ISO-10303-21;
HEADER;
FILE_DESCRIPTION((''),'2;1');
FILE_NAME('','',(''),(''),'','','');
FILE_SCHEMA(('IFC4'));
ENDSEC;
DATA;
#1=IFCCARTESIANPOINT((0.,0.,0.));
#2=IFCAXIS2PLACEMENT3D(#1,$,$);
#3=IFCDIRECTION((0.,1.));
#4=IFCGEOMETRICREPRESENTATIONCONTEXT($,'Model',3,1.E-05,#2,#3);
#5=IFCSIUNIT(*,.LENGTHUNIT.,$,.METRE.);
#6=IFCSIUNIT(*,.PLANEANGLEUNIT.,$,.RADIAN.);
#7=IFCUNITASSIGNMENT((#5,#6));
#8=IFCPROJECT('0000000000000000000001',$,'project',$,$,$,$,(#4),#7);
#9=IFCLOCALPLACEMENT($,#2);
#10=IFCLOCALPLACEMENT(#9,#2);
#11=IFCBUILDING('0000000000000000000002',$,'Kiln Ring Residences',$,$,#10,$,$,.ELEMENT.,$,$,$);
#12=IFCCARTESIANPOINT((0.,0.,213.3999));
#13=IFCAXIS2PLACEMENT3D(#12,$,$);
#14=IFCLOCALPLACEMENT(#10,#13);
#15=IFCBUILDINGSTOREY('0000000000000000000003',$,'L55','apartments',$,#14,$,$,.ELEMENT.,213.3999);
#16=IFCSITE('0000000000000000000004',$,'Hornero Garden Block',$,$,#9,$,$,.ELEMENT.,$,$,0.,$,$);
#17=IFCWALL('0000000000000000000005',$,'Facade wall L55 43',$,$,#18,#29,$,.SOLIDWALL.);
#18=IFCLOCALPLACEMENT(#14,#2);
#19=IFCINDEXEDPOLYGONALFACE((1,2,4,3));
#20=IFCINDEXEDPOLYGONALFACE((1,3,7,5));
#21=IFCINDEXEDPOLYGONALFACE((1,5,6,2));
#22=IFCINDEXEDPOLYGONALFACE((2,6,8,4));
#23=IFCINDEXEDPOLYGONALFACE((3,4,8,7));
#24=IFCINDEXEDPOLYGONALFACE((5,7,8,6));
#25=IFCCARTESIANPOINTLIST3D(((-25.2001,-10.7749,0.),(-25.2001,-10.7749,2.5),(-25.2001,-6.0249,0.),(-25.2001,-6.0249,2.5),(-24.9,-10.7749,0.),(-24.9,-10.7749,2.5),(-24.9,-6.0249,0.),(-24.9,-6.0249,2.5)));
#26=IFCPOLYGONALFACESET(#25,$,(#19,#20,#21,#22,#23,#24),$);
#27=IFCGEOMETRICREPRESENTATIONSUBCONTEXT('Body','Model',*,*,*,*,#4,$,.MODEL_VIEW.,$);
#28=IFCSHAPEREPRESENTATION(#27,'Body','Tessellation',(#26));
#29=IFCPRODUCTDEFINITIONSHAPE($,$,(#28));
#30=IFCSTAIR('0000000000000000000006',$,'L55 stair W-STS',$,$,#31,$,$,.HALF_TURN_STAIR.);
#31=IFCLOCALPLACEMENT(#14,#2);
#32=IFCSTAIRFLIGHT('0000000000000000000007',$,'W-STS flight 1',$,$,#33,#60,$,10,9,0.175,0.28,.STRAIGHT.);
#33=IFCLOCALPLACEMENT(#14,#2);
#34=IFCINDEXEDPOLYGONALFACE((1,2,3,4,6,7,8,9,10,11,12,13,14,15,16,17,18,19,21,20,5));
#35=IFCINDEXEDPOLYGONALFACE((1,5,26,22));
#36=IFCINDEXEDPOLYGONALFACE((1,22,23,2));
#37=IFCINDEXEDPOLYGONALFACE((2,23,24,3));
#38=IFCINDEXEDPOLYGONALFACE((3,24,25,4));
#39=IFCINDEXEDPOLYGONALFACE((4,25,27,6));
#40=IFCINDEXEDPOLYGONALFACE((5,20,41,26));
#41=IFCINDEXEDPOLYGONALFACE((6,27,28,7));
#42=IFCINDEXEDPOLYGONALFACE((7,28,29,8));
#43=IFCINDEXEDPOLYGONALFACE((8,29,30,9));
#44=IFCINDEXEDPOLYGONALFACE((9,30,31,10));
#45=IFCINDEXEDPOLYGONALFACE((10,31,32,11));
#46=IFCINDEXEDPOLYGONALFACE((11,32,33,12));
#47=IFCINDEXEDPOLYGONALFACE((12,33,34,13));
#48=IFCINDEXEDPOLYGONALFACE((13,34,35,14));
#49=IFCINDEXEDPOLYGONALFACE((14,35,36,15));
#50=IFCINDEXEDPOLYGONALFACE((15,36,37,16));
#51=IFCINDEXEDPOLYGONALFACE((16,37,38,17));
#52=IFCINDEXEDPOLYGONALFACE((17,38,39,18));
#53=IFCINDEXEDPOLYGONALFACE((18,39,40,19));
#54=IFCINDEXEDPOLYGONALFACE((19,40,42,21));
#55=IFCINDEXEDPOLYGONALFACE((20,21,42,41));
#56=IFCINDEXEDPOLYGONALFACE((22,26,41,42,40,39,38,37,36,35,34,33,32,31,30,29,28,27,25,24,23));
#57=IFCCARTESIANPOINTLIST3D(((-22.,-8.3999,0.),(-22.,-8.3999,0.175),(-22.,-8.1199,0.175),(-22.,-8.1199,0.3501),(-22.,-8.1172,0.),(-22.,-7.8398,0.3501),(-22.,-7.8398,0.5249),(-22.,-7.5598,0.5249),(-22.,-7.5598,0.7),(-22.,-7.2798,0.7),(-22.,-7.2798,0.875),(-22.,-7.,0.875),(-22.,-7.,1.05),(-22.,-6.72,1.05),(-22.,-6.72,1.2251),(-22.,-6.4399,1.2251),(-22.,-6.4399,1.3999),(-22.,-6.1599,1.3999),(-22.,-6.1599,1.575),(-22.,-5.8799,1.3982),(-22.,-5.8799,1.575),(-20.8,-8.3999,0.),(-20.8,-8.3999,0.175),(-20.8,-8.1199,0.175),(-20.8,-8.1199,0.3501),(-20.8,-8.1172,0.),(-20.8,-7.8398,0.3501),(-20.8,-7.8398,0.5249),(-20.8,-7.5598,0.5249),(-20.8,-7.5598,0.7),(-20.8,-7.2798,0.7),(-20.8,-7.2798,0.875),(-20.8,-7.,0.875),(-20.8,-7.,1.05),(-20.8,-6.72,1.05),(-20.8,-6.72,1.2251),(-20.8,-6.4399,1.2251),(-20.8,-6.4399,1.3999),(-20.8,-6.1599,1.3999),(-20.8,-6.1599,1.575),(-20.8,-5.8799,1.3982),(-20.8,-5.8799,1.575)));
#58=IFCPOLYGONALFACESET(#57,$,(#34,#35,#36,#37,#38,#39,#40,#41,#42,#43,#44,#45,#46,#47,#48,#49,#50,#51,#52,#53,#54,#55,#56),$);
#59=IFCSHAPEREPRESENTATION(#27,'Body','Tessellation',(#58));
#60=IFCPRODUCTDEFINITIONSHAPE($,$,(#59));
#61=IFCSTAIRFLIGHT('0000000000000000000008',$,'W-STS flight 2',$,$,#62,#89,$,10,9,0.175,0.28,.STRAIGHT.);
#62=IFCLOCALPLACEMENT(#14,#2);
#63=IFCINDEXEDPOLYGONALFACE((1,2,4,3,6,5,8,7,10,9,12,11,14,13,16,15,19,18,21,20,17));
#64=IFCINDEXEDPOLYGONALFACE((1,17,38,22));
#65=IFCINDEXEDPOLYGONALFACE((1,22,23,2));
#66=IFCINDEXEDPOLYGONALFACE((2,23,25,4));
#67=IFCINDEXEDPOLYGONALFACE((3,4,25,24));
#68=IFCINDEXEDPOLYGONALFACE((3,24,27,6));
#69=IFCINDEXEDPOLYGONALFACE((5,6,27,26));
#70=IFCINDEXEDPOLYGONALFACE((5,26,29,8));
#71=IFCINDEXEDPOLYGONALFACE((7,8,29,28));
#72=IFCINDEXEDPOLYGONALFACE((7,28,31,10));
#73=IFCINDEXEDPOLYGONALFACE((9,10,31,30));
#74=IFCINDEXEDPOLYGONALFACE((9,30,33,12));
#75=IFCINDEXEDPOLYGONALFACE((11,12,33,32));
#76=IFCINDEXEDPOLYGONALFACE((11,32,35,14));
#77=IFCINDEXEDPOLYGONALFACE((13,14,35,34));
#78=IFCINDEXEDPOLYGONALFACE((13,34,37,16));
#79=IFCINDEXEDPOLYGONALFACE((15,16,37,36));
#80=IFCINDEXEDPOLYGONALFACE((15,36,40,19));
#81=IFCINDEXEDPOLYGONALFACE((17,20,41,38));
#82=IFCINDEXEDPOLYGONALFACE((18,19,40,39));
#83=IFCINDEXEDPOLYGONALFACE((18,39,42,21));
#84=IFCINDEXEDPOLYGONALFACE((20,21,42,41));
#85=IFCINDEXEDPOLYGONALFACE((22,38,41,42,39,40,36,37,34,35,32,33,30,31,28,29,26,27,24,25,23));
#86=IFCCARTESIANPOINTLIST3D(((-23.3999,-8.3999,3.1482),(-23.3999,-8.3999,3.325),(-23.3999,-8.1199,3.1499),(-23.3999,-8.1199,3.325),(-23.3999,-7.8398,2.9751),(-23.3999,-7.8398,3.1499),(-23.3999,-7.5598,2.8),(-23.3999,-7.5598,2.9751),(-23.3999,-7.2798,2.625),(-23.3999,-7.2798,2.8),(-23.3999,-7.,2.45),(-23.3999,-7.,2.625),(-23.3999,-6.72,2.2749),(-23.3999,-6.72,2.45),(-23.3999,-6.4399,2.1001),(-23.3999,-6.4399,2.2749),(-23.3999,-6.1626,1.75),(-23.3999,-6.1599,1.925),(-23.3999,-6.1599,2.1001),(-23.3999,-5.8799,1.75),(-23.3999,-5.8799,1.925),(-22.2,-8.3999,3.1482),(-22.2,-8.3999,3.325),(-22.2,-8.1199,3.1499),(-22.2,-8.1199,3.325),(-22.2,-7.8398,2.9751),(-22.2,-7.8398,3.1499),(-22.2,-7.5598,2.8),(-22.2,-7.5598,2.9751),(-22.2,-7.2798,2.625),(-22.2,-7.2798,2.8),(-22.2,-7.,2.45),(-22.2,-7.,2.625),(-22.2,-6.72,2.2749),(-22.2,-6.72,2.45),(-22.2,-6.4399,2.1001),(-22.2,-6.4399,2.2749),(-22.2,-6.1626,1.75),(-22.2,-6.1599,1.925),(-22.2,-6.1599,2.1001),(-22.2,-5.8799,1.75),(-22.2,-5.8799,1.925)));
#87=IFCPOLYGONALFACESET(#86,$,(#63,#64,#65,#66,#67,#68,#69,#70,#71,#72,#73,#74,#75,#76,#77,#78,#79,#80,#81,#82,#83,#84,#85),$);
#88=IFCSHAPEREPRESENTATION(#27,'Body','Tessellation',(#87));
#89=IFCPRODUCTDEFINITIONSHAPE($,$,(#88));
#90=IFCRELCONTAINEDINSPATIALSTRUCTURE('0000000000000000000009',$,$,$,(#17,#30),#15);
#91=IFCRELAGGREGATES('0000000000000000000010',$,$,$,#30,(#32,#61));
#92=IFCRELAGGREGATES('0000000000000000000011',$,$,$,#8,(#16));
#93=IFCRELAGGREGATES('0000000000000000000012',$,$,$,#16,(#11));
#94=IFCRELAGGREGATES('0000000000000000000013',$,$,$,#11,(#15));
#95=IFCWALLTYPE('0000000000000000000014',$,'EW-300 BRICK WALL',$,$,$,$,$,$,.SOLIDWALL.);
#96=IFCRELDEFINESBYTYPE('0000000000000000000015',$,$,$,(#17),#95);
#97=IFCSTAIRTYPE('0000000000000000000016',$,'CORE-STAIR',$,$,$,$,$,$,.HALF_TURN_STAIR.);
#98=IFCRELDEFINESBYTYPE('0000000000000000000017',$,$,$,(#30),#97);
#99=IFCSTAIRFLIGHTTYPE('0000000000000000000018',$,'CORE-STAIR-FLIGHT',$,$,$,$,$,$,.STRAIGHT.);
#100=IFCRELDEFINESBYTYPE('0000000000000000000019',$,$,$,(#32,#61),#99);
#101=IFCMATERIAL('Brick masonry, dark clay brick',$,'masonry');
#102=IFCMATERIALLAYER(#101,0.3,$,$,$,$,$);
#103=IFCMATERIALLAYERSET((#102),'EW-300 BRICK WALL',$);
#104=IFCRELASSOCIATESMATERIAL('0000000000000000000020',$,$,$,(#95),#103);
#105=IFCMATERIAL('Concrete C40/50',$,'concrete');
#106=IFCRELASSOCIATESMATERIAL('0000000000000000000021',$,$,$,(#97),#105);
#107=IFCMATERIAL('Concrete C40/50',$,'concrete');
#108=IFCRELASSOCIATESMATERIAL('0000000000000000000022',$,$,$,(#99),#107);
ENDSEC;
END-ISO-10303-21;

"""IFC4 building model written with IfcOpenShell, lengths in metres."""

from ifc_helpers import new_model, si_unit, direction, frame, frame_2d, origin, place, context, subcontext, project, spatial, polyline, rectangle, outline, extrude, material, layer, layer_set, type_object, element, aggregate, save


model = new_model("IFC4")

# Units and contexts
model_context = context("Model", 3, precision=1e-05, world=origin(), true_north=direction((0.0, 1.0)))
body_context = subcontext(model_context, "Body", "Model", "MODEL_VIEW")
ifc_project = project(units=[si_unit("LENGTHUNIT", "METRE"), si_unit("PLANEANGLEUNIT", "RADIAN")], contexts=[model_context])

# Site, building, storey
site_placement = place(None, origin())
site = spatial("IfcSite", under=ifc_project, at=site_placement, Name="Hornero Garden Block", CompositionType="ELEMENT", RefElevation=0.0)
building_placement = place(site_placement, origin())
building = spatial("IfcBuilding", under=site, at=building_placement, Name="Kiln Ring Residences", CompositionType="ELEMENT")
storey_placement = place(building_placement, frame((0.0, 0.0, 213.3999)))
storey = spatial("IfcBuildingStorey", under=building, at=storey_placement, Name="L55", Description="apartments", CompositionType="ELEMENT", Elevation=213.3999)

# Wall
ifc_material_1 = material(Name="Brick masonry, dark clay brick", Category="masonry")
ifc_layer_1 = layer(ifc_material_1, 0.3)
ifc_layer_set_1 = layer_set([ifc_layer_1], Name="EW-300 BRICK WALL")
wall_type_1 = type_object("IfcWallType", Name="EW-300 BRICK WALL", PredefinedType="SOLIDWALL", material=ifc_layer_set_1)
for number, where, z_axis, x_axis, name in (
    (1, (-25.05, -6.0249, 0.0), (0.0, 0.0, 1.0), (0.0, -1.0, 0.0), "Facade wall L55 43"),
):
    element("IfcWall", number, at=place(storey_placement, frame(where, z_axis=z_axis, x_axis=x_axis)), inside=storey, type_object=wall_type_1, Name=name, PredefinedType="SOLIDWALL", context=body_context, shape_type="SweptSolid", body=[
        extrude(rectangle(XDim=4.75, YDim=0.3, at=frame_2d((2.375, 0.0))), origin(), (0.0, 0.0, 1.0), 2.5),
    ])

# Stair, stair flights
ifc_material_2 = material(Name="Concrete C40/50", Category="concrete")
stair_type = type_object("IfcStairType", Name="CORE-STAIR", PredefinedType="HALF_TURN_STAIR", material=ifc_material_2)
stair_placement = place(storey_placement, origin())
stair = element("IfcStair", 2, at=stair_placement, inside=storey, type_object=stair_type, Name="L55 stair W-STS", PredefinedType="HALF_TURN_STAIR")
ifc_material_3 = material(Name="Concrete C40/50", Category="concrete")
stair_flight_type = type_object("IfcStairFlightType", Name="CORE-STAIR-FLIGHT", PredefinedType="STRAIGHT", material=ifc_material_3)
stair_flight_1_placement = place(storey_placement, frame((-21.3999, -8.3999, 0.0), z_axis=(0.0, 0.0, 1.0), x_axis=(0.0, 1.0, 0.0)))
stair_flight_1 = element("IfcStairFlight", 3, at=stair_flight_1_placement, type_object=stair_flight_type, Name="W-STS flight 1", NumberOfRisers=10, NumberOfTreads=9, PredefinedType="STRAIGHT", RiserHeight=0.175, TreadLength=0.28, context=body_context, shape_type="SweptSolid", body=[
    extrude(outline(polyline([(0.0, 0.0), (0.0, 0.175), (0.28, 0.175), (0.28, 0.3501), (0.5601, 0.3501), (0.5601, 0.5249), (0.8401, 0.5249), (0.8401, 0.7), (1.1201, 0.7), (1.1201, 0.875), (1.3999, 0.875), (1.3999, 1.05), (1.6799, 1.05), (1.6799, 1.2251), (1.96, 1.2251), (1.96, 1.3999), (2.24, 1.3999), (2.24, 1.575), (2.52, 1.575), (2.52, 1.75), (2.52, 1.3982), (0.2827, 0.0), (0.0, 0.0)])), frame((0.0, 0.6001, 0.0), z_axis=(0.0, -1.0, 0.0), x_axis=(1.0, 0.0, 0.0)), (0.0, 0.0, 1.0), 1.2),
])
stair_flight_2_placement = place(storey_placement, frame((-22.8, -5.8799, 1.75), z_axis=(0.0, 0.0, 1.0), x_axis=(0.0, -1.0, 0.0)))
stair_flight_2 = element("IfcStairFlight", 4, at=stair_flight_2_placement, type_object=stair_flight_type, Name="W-STS flight 2", NumberOfRisers=10, NumberOfTreads=9, PredefinedType="STRAIGHT", RiserHeight=0.175, TreadLength=0.28, context=body_context, shape_type="SweptSolid", body=[
    extrude(outline(polyline([(0.0, 0.0), (0.0, 0.175), (0.28, 0.175), (0.28, 0.3501), (0.5601, 0.3501), (0.5601, 0.5249), (0.8401, 0.5249), (0.8401, 0.7), (1.1201, 0.7), (1.1201, 0.875), (1.3999, 0.875), (1.3999, 1.05), (1.6799, 1.05), (1.6799, 1.2251), (1.96, 1.2251), (1.96, 1.3999), (2.24, 1.3999), (2.24, 1.575), (2.52, 1.575), (2.52, 1.75), (2.52, 1.3982), (0.2827, 0.0), (0.0, 0.0)])), frame((0.0, 0.6001, 0.0), z_axis=(0.0, -1.0, 0.0), x_axis=(1.0, 0.0, 0.0)), (0.0, 0.0, 1.0), 1.2),
])
aggregate(stair, [stair_flight_1, stair_flight_2])

save(model, "model.ifc")
